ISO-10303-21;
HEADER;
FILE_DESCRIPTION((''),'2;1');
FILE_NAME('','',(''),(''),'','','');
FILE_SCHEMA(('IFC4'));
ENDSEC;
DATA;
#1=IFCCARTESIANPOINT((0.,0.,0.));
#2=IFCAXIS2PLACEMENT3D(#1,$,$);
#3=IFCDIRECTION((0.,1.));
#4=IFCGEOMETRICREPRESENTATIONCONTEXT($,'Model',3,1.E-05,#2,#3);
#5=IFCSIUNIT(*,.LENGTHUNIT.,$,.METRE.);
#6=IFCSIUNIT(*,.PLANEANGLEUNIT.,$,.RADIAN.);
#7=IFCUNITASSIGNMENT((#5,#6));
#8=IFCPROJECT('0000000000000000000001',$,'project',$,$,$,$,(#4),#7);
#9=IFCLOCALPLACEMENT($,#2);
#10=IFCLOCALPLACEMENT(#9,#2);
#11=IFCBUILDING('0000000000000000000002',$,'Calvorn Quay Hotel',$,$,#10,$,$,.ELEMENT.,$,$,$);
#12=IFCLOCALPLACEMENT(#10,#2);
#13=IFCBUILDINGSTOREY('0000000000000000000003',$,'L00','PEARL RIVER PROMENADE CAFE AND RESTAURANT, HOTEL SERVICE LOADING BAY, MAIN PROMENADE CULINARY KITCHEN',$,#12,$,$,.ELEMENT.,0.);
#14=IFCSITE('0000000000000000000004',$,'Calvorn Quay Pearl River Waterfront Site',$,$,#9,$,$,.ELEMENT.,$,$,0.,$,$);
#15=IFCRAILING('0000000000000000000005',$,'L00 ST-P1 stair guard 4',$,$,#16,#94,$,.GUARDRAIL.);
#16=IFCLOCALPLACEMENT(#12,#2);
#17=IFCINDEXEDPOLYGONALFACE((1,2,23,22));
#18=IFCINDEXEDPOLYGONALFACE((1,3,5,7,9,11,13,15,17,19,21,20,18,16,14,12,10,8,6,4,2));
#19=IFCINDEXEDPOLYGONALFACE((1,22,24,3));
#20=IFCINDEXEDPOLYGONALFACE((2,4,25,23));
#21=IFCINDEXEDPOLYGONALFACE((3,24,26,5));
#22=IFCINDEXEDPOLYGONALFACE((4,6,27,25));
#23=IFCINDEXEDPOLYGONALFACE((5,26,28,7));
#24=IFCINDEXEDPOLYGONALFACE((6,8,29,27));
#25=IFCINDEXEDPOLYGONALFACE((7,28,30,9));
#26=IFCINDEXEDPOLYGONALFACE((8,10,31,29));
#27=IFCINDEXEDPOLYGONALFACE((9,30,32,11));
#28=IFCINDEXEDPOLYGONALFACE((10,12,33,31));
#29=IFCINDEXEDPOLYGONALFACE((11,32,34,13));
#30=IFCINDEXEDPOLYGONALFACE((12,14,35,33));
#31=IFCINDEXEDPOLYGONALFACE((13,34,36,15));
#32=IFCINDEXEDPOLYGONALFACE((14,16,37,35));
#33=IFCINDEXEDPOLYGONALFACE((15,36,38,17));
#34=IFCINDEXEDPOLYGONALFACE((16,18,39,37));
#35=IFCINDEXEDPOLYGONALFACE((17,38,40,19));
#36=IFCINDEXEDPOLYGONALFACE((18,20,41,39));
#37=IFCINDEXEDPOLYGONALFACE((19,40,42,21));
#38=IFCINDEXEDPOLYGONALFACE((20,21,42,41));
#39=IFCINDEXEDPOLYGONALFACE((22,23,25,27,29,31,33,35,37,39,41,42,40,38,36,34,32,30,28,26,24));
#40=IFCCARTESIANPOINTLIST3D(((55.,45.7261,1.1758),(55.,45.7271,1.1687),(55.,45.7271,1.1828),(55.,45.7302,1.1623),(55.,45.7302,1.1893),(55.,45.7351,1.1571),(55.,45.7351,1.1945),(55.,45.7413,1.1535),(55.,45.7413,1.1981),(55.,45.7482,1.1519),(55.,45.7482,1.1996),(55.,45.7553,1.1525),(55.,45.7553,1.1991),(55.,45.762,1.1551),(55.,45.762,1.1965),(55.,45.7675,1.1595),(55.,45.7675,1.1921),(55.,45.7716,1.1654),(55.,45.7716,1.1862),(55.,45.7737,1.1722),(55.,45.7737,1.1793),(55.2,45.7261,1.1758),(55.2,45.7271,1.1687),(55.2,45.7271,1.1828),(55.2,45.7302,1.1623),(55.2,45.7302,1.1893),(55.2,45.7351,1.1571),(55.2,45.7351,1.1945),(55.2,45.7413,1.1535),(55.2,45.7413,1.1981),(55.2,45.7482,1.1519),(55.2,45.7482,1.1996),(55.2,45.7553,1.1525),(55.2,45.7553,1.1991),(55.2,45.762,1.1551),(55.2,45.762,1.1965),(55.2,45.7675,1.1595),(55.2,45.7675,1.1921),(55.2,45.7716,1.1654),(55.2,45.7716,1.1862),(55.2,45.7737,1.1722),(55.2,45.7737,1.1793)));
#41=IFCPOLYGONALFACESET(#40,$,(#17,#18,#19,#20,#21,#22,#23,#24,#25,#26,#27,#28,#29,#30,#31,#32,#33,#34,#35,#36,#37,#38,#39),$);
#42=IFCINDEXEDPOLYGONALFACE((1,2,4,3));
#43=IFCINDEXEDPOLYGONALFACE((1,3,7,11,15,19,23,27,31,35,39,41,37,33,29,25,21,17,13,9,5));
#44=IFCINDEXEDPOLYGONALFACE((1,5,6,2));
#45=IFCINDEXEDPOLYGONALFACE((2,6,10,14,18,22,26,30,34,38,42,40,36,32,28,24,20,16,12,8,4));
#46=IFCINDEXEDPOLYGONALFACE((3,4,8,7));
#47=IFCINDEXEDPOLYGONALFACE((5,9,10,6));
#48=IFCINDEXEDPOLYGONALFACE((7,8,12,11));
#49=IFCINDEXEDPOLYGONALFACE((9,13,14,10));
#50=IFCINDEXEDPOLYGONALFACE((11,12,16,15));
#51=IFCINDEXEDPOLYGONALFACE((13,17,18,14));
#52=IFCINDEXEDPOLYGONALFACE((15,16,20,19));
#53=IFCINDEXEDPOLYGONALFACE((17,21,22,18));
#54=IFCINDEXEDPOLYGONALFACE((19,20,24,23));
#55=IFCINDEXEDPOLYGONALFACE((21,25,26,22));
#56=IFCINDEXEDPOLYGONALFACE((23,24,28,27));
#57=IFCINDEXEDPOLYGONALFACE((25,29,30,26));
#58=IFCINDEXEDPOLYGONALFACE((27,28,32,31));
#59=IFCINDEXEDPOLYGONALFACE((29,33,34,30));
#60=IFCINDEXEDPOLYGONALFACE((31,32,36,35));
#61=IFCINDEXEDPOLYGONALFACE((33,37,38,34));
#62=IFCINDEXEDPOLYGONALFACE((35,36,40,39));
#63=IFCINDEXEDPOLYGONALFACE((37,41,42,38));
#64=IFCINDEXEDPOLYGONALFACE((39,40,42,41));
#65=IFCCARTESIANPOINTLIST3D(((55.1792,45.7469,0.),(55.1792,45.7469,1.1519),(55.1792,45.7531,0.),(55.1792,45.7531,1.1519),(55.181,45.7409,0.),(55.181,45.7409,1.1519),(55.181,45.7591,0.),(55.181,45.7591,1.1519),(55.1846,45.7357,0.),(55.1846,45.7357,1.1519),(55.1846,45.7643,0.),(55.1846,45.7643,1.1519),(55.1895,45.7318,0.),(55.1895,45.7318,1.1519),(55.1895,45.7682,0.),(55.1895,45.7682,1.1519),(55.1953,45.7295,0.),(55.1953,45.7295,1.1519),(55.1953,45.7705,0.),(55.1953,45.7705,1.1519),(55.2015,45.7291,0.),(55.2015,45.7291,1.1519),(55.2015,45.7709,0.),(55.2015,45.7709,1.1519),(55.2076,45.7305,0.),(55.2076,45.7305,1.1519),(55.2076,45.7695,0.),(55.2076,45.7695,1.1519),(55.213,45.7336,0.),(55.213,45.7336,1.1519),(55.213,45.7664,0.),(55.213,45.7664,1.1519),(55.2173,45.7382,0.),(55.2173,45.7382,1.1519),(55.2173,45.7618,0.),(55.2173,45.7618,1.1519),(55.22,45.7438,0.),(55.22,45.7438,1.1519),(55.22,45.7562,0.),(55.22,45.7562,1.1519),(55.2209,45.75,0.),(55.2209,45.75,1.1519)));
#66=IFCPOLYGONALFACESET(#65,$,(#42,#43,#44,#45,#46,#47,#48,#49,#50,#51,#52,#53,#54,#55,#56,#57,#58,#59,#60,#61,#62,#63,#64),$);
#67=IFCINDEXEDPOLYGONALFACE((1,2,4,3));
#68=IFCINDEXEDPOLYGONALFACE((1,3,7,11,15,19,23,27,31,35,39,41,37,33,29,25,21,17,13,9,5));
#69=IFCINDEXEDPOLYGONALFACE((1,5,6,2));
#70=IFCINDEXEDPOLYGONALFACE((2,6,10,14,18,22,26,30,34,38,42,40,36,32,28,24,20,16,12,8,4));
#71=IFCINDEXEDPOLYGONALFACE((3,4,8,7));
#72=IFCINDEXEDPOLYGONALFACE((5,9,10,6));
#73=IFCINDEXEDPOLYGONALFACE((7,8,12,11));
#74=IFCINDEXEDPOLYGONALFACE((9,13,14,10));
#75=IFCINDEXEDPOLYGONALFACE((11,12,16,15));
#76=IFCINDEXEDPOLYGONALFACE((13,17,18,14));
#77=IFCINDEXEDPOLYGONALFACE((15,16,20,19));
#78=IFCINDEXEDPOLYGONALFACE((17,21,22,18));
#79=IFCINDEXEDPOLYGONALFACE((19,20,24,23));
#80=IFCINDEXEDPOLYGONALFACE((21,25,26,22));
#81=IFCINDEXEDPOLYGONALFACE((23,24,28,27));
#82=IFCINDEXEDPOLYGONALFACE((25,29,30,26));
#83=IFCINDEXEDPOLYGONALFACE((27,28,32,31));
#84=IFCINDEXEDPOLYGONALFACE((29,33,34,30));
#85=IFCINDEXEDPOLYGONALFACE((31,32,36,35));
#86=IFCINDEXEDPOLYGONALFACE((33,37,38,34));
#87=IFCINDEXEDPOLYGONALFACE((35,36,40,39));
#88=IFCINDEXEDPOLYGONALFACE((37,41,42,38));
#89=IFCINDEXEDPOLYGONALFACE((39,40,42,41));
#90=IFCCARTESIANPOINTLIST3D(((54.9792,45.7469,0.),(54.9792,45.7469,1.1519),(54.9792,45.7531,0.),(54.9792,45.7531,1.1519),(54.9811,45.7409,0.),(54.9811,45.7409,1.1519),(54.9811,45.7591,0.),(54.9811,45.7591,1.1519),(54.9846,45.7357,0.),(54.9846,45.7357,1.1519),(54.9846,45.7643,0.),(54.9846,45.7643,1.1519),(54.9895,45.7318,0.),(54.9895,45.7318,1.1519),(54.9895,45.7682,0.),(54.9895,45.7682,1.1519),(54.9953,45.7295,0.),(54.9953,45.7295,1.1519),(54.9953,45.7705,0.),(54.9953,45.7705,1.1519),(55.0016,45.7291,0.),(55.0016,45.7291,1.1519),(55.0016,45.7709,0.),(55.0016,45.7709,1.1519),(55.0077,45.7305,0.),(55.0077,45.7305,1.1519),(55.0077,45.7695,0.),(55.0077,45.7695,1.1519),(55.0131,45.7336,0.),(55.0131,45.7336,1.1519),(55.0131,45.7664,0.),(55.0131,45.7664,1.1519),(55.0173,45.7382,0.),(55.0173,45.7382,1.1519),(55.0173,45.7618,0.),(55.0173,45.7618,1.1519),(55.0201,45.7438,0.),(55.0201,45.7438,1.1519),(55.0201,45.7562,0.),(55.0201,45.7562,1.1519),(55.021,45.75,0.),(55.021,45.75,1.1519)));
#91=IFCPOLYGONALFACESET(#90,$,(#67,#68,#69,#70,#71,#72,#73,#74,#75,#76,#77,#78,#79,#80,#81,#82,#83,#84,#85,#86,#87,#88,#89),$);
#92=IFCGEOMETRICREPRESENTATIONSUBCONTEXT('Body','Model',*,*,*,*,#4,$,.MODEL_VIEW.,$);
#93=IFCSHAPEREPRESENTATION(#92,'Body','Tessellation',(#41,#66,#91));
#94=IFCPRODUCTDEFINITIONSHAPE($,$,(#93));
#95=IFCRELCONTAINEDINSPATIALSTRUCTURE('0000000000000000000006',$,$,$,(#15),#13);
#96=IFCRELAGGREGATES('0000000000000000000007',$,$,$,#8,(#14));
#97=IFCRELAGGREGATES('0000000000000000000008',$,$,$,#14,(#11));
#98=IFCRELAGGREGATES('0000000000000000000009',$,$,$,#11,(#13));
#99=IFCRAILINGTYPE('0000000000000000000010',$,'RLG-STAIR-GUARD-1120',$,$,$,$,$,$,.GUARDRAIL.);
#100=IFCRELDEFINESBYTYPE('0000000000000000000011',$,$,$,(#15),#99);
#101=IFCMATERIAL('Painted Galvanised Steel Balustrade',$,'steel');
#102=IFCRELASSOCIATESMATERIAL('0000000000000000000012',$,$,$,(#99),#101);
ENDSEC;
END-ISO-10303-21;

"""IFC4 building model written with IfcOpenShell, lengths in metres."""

from ifc_helpers import new_model, si_unit, direction, frame, origin, origin_2d, place, context, subcontext, project, spatial, circle, extrude, material, type_object, element, save


model = new_model("IFC4")

# Units and contexts
model_context = context("Model", 3, precision=1e-05, world=origin(), true_north=direction((0.0, 1.0)))
body_context = subcontext(model_context, "Body", "Model", "MODEL_VIEW")
ifc_project = project(units=[si_unit("LENGTHUNIT", "METRE"), si_unit("PLANEANGLEUNIT", "RADIAN")], contexts=[model_context])

# Site, building, storey
site_placement = place(None, origin())
site = spatial("IfcSite", under=ifc_project, at=site_placement, Name="Calvorn Quay Pearl River Waterfront Site", CompositionType="ELEMENT", RefElevation=0.0)
building_placement = place(site_placement, origin())
building = spatial("IfcBuilding", under=site, at=building_placement, Name="Calvorn Quay Hotel", CompositionType="ELEMENT")
storey_placement = place(building_placement, origin())
storey = spatial("IfcBuildingStorey", under=building, at=storey_placement, Name="L00", Description="PEARL RIVER PROMENADE CAFE AND RESTAURANT, HOTEL SERVICE LOADING BAY, MAIN PROMENADE CULINARY KITCHEN", CompositionType="ELEMENT", Elevation=0.0)

# Railing
ifc_material_1 = material(Name="Painted Galvanised Steel Balustrade", Category="steel")
railing_type_1 = type_object("IfcRailingType", Name="RLG-STAIR-GUARD-1120", PredefinedType="GUARDRAIL", material=ifc_material_1)
railing_1_placement = place(storey_placement, frame((55.2, 45.75, 0.0)))
element("IfcRailing", 1, at=railing_1_placement, inside=storey, type_object=railing_type_1, Name="L00 ST-P1 stair guard 4", PredefinedType="GUARDRAIL", context=body_context, shape_type="SweptSolid", body=[
    extrude(circle(Radius=0.0239, at=origin_2d()), frame((0.0, 0.0, 1.1758), z_axis=(-1.0, 0.0, 0.0), x_axis=(0.0, -1.0, 0.0)), (0.0, 0.0, 1.0), 0.2),
    extrude(circle(Radius=0.021, at=origin_2d()), origin(), (0.0, 0.0, 1.0), 1.1519),
    extrude(circle(Radius=0.021, at=origin_2d()), frame((-0.2, 0.0, 0.0)), (0.0, 0.0, 1.0), 1.1519),
])

save(model, "model.ifc")
